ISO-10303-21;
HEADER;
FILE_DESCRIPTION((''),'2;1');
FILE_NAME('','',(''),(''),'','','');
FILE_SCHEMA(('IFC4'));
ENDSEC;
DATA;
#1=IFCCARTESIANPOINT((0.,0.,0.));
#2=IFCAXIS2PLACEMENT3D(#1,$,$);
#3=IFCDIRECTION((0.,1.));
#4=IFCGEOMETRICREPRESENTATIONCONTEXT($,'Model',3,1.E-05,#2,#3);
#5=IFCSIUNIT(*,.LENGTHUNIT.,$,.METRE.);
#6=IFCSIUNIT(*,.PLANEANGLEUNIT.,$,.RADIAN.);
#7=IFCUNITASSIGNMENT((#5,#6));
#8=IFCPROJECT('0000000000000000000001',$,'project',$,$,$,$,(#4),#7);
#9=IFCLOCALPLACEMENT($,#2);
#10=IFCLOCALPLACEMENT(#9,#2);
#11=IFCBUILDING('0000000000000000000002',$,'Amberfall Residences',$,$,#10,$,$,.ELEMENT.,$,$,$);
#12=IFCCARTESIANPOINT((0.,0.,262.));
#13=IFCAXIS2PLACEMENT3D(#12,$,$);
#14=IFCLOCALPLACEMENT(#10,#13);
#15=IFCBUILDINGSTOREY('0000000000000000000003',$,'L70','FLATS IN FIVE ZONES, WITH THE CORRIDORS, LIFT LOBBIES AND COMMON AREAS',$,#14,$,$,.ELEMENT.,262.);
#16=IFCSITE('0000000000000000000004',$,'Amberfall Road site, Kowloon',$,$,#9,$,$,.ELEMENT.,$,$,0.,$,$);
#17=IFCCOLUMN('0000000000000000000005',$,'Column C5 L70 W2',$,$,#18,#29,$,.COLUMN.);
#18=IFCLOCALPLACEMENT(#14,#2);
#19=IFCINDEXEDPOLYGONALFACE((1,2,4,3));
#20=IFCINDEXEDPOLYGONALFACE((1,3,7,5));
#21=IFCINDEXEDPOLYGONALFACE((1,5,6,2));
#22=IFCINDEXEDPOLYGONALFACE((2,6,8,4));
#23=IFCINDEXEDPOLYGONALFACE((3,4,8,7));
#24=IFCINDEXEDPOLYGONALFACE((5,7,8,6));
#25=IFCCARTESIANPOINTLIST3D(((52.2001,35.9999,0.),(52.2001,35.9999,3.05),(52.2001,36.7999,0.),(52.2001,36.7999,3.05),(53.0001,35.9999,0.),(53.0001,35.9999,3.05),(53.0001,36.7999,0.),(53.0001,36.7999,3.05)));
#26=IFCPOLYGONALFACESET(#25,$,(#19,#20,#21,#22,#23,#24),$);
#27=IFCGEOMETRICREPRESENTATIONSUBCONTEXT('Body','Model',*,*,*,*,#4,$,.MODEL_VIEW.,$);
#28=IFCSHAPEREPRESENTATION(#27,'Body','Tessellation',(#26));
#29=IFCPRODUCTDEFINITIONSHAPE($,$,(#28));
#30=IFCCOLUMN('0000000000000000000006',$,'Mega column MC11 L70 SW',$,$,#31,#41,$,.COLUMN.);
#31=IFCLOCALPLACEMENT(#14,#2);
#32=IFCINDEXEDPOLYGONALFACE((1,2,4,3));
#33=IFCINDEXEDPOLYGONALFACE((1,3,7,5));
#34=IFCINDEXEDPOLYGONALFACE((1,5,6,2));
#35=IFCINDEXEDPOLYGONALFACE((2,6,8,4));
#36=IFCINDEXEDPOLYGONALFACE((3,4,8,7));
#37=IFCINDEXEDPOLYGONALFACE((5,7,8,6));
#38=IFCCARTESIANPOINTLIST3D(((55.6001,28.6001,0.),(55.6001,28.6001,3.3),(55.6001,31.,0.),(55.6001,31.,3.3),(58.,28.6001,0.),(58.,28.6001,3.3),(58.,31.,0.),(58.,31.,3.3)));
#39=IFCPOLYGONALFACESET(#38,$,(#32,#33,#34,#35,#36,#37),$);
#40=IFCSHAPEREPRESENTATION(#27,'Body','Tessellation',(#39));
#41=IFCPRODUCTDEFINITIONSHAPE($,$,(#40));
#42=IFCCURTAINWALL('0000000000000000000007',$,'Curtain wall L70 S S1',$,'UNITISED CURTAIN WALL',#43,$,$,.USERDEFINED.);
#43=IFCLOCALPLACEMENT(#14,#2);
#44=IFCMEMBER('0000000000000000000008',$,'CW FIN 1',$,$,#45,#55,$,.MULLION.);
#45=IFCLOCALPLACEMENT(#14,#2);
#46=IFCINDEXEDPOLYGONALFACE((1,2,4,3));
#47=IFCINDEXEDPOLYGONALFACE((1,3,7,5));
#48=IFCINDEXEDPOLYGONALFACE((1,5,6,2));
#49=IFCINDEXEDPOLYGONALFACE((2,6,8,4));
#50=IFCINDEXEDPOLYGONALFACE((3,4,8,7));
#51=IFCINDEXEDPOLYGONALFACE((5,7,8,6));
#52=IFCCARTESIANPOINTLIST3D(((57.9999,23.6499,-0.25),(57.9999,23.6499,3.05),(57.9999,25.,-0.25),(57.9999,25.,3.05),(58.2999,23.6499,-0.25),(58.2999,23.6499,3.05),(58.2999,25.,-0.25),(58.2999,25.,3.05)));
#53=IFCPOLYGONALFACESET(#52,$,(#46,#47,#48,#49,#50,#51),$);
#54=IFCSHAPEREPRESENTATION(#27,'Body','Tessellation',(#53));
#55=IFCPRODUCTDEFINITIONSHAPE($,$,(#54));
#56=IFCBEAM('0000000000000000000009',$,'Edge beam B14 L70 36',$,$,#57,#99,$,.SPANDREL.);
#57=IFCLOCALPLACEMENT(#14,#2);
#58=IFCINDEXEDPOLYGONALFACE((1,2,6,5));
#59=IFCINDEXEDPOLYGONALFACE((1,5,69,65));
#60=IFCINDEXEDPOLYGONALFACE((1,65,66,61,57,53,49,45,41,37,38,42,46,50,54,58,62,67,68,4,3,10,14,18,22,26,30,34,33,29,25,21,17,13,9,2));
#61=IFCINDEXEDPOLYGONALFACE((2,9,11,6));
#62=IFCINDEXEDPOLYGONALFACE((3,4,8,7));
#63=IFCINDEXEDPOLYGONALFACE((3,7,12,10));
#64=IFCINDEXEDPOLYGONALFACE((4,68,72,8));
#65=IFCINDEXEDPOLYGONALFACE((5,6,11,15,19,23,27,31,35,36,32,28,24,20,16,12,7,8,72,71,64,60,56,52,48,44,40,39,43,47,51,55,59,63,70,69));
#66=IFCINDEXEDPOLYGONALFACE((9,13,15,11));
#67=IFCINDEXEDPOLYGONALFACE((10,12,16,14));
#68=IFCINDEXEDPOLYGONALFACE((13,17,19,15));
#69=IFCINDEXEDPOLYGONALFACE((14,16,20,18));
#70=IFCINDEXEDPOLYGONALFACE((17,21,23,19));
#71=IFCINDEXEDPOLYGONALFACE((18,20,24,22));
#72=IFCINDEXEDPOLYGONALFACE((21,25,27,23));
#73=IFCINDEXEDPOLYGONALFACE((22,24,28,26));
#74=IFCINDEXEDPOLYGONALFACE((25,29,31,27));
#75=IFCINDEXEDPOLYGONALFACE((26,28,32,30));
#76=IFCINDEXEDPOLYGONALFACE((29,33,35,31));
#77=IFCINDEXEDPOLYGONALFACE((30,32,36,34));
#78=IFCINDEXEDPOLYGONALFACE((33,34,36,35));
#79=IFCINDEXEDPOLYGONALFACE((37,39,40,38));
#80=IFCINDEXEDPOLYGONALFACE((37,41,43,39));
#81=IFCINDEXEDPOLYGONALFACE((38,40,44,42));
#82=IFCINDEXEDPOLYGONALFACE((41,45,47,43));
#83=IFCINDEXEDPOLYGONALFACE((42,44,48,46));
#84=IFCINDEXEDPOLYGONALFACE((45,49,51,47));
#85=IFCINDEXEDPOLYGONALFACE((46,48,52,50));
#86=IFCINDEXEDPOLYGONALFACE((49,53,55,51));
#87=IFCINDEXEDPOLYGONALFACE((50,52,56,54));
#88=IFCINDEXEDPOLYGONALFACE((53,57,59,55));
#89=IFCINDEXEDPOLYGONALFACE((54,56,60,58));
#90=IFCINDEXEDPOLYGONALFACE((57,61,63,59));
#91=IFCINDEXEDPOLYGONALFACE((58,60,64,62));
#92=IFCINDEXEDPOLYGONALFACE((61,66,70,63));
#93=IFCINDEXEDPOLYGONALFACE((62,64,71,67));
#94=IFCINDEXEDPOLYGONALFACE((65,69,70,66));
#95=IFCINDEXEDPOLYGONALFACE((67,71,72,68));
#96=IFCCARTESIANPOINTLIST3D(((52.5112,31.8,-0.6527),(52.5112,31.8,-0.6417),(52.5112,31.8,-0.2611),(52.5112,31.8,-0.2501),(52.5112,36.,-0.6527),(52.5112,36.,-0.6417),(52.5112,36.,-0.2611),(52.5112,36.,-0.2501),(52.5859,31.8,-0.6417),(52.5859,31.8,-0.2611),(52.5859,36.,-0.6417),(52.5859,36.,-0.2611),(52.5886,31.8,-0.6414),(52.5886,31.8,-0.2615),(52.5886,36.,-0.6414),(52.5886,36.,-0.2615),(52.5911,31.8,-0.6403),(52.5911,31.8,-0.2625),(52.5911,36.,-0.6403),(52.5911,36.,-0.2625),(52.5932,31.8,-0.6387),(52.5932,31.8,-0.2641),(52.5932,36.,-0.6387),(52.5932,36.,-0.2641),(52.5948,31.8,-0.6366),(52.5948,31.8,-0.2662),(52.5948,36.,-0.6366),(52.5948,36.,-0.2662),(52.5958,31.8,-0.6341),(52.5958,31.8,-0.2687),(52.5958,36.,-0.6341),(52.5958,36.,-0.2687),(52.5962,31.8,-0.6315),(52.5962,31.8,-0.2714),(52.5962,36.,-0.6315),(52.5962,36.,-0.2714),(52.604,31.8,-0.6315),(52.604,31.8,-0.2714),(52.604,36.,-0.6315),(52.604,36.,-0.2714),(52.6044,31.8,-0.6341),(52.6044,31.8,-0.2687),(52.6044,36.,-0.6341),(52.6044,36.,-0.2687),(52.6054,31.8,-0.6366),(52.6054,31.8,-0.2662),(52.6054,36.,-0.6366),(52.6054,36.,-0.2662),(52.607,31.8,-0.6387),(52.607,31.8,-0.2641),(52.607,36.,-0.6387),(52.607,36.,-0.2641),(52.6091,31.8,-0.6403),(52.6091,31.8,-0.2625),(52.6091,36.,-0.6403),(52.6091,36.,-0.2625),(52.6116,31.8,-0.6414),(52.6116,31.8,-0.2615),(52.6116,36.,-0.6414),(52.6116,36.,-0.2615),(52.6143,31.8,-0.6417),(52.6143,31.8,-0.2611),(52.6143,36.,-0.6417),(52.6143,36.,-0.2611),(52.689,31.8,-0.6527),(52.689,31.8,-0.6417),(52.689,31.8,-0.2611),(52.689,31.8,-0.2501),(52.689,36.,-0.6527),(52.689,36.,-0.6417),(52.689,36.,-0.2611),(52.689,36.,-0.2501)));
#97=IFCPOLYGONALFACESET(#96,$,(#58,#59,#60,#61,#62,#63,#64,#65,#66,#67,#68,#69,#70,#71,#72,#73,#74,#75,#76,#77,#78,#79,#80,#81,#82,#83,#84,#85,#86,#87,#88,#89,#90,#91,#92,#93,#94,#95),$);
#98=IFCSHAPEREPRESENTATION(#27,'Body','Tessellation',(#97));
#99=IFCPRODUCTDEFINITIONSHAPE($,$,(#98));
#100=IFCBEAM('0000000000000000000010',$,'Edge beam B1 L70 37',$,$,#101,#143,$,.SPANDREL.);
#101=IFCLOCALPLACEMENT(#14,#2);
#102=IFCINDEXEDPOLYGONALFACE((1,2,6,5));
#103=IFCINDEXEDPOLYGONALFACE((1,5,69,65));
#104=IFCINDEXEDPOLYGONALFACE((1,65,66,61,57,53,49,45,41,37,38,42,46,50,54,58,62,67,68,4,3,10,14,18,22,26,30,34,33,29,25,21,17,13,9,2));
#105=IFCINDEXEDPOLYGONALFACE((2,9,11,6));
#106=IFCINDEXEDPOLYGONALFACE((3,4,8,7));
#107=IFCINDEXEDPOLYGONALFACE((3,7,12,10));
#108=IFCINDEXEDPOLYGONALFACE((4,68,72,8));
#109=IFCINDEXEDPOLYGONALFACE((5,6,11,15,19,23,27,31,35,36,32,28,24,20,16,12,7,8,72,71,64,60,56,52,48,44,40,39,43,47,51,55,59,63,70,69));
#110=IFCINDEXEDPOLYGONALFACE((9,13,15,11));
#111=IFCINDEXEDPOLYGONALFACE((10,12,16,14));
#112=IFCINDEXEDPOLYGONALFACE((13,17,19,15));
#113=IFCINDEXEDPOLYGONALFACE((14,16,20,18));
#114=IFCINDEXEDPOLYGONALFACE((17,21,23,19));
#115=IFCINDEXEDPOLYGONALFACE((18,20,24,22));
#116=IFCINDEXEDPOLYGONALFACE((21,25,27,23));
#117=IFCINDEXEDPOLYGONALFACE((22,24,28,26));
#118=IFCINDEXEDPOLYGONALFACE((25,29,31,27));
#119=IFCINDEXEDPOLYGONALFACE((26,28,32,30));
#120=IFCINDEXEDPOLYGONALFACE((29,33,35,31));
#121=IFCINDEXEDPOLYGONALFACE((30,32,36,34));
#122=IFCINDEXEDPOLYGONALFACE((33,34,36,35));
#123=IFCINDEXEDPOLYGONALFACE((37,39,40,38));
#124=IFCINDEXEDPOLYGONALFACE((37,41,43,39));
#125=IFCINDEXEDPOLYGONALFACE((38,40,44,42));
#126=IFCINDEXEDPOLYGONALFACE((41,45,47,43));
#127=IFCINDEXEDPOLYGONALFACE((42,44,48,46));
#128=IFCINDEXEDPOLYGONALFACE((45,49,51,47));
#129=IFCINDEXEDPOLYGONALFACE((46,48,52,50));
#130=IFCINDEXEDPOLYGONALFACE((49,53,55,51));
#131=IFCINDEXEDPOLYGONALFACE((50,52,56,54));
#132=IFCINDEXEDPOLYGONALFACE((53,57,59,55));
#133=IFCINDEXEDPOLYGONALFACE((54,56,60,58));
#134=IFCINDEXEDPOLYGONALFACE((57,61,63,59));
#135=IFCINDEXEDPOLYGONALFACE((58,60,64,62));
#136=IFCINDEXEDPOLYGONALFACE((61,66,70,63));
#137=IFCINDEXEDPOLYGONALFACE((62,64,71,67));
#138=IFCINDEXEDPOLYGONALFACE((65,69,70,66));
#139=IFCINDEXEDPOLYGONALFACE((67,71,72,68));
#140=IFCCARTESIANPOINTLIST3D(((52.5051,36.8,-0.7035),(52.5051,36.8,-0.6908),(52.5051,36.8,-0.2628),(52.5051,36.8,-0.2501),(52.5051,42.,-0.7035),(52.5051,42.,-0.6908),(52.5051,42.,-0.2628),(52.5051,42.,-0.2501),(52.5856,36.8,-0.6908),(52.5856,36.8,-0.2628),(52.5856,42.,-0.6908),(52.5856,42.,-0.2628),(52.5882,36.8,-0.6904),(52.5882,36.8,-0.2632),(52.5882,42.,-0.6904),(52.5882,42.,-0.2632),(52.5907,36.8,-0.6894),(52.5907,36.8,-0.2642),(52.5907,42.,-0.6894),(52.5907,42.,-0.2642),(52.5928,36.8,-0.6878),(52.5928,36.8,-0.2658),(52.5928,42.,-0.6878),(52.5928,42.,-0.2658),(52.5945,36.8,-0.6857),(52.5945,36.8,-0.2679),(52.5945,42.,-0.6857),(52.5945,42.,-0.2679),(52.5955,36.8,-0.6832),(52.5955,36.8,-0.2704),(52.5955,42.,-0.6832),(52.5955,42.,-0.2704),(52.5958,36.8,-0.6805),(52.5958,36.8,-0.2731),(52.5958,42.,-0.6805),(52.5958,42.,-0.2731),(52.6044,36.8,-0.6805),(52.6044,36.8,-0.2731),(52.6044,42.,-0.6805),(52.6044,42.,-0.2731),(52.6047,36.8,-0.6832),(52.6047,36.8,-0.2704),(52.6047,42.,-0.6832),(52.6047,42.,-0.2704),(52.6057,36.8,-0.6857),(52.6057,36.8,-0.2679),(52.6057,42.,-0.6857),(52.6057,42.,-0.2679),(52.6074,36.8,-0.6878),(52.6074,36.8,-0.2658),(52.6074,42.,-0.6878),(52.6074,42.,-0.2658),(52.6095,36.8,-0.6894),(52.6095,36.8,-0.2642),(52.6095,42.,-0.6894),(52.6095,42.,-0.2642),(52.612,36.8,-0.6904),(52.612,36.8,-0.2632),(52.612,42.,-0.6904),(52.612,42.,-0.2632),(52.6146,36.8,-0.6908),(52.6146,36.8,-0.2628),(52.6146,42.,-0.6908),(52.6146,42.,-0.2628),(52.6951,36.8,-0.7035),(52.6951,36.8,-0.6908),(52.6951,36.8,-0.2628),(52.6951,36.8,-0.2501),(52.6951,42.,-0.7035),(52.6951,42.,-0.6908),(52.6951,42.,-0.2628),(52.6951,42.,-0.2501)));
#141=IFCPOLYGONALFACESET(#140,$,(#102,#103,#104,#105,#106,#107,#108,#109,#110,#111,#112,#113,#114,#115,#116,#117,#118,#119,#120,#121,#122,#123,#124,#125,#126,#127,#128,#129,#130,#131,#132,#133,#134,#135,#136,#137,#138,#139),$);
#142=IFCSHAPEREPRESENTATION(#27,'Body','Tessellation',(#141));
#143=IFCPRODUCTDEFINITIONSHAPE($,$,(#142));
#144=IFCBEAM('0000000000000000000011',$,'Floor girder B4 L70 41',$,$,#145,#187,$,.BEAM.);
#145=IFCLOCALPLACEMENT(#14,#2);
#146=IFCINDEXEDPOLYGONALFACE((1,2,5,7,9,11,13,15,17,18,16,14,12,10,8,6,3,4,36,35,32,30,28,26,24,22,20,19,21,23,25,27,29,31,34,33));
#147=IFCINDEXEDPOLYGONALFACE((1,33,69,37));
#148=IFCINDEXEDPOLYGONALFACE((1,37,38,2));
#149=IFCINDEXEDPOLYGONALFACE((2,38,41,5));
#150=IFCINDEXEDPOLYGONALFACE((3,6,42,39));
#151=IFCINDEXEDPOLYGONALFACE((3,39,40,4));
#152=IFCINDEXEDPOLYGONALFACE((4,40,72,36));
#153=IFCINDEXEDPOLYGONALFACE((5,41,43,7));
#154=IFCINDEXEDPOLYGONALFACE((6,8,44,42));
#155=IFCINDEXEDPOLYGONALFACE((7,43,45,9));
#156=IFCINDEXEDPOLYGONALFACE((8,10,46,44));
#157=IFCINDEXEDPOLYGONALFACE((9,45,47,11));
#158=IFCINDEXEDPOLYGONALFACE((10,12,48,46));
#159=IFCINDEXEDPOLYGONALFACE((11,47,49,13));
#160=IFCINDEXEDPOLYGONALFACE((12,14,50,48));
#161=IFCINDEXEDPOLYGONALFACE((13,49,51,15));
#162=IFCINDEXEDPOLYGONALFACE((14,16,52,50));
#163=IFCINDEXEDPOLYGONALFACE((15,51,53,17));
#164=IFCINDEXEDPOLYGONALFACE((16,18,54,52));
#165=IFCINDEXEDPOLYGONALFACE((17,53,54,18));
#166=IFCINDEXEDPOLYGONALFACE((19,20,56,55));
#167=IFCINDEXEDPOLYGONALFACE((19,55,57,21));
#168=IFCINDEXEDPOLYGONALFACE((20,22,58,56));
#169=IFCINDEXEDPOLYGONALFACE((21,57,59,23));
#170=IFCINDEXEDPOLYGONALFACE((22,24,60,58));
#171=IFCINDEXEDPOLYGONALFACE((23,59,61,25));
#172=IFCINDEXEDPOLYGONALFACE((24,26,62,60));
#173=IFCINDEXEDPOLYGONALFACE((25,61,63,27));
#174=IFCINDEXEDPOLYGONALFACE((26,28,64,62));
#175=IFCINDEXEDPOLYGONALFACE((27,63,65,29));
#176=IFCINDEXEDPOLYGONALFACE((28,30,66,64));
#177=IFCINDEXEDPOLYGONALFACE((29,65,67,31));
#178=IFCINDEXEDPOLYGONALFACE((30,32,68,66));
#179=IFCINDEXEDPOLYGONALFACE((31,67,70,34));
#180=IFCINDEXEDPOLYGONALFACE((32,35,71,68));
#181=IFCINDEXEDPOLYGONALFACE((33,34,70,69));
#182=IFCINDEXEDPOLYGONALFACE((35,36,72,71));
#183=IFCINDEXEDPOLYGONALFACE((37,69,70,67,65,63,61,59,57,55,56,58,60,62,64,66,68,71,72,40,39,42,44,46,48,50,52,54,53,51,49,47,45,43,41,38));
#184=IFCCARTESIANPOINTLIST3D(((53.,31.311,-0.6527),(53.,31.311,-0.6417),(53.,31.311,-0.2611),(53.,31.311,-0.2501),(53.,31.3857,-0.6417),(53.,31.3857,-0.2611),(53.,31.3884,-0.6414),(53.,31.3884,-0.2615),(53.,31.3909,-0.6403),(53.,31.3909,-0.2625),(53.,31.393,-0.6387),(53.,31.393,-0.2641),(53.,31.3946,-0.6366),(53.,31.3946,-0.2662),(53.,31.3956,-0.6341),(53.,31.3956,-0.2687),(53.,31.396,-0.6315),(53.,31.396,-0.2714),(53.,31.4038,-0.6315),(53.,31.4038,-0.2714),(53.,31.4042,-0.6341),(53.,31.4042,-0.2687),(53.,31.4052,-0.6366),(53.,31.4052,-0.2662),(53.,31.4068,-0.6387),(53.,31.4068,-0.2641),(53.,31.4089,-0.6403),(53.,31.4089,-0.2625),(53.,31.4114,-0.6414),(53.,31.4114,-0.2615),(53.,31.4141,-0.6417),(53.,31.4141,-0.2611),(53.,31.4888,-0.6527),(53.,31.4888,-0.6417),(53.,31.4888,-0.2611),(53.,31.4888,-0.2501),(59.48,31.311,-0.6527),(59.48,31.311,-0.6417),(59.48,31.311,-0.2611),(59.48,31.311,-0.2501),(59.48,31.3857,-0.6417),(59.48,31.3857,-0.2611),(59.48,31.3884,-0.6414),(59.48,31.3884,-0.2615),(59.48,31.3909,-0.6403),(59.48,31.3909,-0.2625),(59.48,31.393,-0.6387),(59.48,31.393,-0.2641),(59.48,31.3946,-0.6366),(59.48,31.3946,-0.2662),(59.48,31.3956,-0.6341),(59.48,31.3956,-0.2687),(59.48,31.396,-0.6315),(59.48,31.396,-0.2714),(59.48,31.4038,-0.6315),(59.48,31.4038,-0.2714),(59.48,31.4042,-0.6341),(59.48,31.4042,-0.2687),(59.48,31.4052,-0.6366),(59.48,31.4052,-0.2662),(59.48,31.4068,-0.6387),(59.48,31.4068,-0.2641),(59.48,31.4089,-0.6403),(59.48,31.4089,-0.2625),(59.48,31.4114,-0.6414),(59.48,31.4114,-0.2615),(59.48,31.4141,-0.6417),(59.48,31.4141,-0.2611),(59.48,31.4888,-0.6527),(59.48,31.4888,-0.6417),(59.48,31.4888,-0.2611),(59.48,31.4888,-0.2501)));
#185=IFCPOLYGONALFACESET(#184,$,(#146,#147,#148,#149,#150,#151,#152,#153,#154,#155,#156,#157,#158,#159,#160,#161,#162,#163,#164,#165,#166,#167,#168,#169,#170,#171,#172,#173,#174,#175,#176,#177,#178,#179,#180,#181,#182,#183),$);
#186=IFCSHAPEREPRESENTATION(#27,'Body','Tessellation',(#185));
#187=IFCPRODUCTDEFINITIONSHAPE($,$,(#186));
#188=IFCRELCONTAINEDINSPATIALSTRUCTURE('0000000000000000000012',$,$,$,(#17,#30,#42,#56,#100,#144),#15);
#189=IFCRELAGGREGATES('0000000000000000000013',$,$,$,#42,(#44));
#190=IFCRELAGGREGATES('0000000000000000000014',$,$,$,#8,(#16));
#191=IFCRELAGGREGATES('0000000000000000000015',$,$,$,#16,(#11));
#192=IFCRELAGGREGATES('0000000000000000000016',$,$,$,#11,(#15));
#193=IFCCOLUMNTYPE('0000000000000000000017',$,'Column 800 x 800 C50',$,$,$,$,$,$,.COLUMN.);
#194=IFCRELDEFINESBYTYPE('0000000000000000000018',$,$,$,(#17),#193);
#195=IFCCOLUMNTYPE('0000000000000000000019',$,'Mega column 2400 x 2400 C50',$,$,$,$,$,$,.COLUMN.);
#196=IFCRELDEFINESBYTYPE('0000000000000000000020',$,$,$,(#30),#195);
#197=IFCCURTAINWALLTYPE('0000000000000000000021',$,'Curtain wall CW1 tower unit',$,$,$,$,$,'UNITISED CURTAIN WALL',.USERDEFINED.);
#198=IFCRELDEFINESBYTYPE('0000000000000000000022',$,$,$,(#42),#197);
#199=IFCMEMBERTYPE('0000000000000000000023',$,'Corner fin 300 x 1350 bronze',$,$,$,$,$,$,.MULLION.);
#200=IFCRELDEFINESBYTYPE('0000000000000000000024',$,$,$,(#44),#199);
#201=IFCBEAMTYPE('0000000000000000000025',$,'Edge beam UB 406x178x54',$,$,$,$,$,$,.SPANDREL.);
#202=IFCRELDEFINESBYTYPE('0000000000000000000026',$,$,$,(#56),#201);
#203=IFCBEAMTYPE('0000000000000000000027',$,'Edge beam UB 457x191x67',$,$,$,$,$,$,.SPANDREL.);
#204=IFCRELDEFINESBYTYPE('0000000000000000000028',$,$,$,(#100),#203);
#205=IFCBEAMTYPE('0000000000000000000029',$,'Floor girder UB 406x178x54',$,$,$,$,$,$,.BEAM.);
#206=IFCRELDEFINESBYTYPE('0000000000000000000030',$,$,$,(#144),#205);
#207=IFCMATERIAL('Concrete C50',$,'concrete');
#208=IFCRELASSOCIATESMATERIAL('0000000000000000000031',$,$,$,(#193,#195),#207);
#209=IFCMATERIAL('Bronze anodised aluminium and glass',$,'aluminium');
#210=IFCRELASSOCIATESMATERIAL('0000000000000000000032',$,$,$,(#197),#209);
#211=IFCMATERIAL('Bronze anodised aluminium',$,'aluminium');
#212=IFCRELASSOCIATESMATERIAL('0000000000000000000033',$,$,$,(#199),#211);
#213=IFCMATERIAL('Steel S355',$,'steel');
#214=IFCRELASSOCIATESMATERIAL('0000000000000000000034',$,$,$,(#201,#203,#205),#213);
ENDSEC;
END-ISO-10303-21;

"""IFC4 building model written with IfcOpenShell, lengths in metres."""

from ifc_helpers import new_model, si_unit, direction, frame, origin, origin_2d, place, context, subcontext, project, spatial, rectangle, i_section, extrude, material, material_profile, profile_set, type_object, element, aggregate, save


model = new_model("IFC4")

# Units and contexts
model_context = context("Model", 3, precision=1e-05, world=origin(), true_north=direction((0.0, 1.0)))
body_context = subcontext(model_context, "Body", "Model", "MODEL_VIEW")
ifc_project = project(units=[si_unit("LENGTHUNIT", "METRE"), si_unit("PLANEANGLEUNIT", "RADIAN")], contexts=[model_context])

# Site, building, storey
site_placement = place(None, origin())
site = spatial("IfcSite", under=ifc_project, at=site_placement, Name="Amberfall Road site, Kowloon", CompositionType="ELEMENT", RefElevation=0.0)
building_placement = place(site_placement, origin())
building = spatial("IfcBuilding", under=site, at=building_placement, Name="Amberfall Residences", CompositionType="ELEMENT")
storey_placement = place(building_placement, frame((0.0, 0.0, 262.0)))
storey = spatial("IfcBuildingStorey", under=building, at=storey_placement, Name="L70", Description="FLATS IN FIVE ZONES, WITH THE CORRIDORS, LIFT LOBBIES AND COMMON AREAS", CompositionType="ELEMENT", Elevation=262.0)

# Columns
ifc_material_1 = material(Name="Concrete C50", Category="concrete")
ifc_material_profile_1 = material_profile(ifc_material_1, rectangle(XDim=0.8, YDim=0.8, at=origin_2d()), Name="Column 800 x 800 C50")
ifc_profile_set_1 = profile_set([ifc_material_profile_1], Name="Concrete C50")
column_type_1 = type_object("IfcColumnType", Name="Column 800 x 800 C50", PredefinedType="COLUMN", material=ifc_profile_set_1)
column_1_placement = place(storey_placement, frame((52.6001, 36.3999, 0.0), z_axis=(0.0, 0.0, 1.0), x_axis=(1.0, 0.0, 0.0)))
element("IfcColumn", 1, at=column_1_placement, inside=storey, type_object=column_type_1, Name="Column C5 L70 W2", PredefinedType="COLUMN", context=body_context, shape_type="SweptSolid", body=[
    extrude(rectangle(XDim=0.8, YDim=0.8, at=origin_2d()), origin(), (0.0, 0.0, 1.0), 3.05),
])
ifc_material_profile_2 = material_profile(ifc_material_1, rectangle(XDim=2.3999, YDim=2.3999, at=origin_2d()), Name="Mega column 2400 x 2400 C50")
ifc_profile_set_2 = profile_set([ifc_material_profile_2], Name="Concrete C50")
column_type_2 = type_object("IfcColumnType", Name="Mega column 2400 x 2400 C50", PredefinedType="COLUMN", material=ifc_profile_set_2)
column_2_placement = place(storey_placement, frame((56.8, 29.8, 0.0), z_axis=(0.0, 0.0, 1.0), x_axis=(1.0, 0.0, 0.0)))
element("IfcColumn", 2, at=column_2_placement, inside=storey, type_object=column_type_2, Name="Mega column MC11 L70 SW", PredefinedType="COLUMN", context=body_context, shape_type="SweptSolid", body=[
    extrude(rectangle(XDim=2.3999, YDim=2.3999, at=origin_2d()), origin(), (0.0, 0.0, 1.0), 3.3),
])

# Curtain wall, member
ifc_material_2 = material(Name="Bronze anodised aluminium and glass", Category="aluminium")
curtain_wall_type = type_object("IfcCurtainWallType", Name="Curtain wall CW1 tower unit", ElementType="UNITISED CURTAIN WALL", PredefinedType="USERDEFINED", material=ifc_material_2)
curtain_wall_placement = place(storey_placement, origin())
curtain_wall = element("IfcCurtainWall", 3, at=curtain_wall_placement, inside=storey, type_object=curtain_wall_type, Name="Curtain wall L70 S S1", ObjectType="UNITISED CURTAIN WALL", PredefinedType="USERDEFINED")
ifc_material_3 = material(Name="Bronze anodised aluminium", Category="aluminium")
ifc_material_profile_3 = material_profile(ifc_material_3, rectangle(XDim=1.3501, YDim=0.3, at=origin_2d()), Name="Corner fin 300 x 1350 bronze")
ifc_profile_set_3 = profile_set([ifc_material_profile_3], Name="Bronze anodised aluminium")
member_type = type_object("IfcMemberType", Name="Corner fin 300 x 1350 bronze", PredefinedType="MULLION", material=ifc_profile_set_3)
member_placement = place(storey_placement, frame((58.1499, 24.325, -0.25), z_axis=(0.0, 0.0, 1.0), x_axis=(0.0, 1.0, 0.0)))
member = element("IfcMember", 4, at=member_placement, type_object=member_type, Name="CW FIN 1", PredefinedType="MULLION", context=body_context, shape_type="SweptSolid", body=[
    extrude(rectangle(XDim=1.3501, YDim=0.3, at=origin_2d()), origin(), (0.0, 0.0, 1.0), 3.3),
])
aggregate(curtain_wall, [member])

# Beams
ifc_material_4 = material(Name="Steel S355", Category="steel")
ifc_material_profile_4 = material_profile(ifc_material_4, i_section(OverallWidth=0.1777, OverallDepth=0.4026, WebThickness=0.0078, FlangeThickness=0.011, FilletRadius=0.0103, at=origin_2d()), Name="UB 406x178x54")
ifc_profile_set_4 = profile_set([ifc_material_profile_4], Name="Steel S355")
beam_type_1 = type_object("IfcBeamType", Name="Edge beam UB 406x178x54", PredefinedType="SPANDREL", material=ifc_profile_set_4)
beam_1_placement = place(storey_placement, frame((52.6001, 31.8, -0.4514), z_axis=(0.0, 1.0, 0.0), x_axis=(-1.0, 0.0, 0.0)))
element("IfcBeam", 5, at=beam_1_placement, inside=storey, type_object=beam_type_1, Name="Edge beam B14 L70 36", PredefinedType="SPANDREL", context=body_context, shape_type="SweptSolid", body=[
    extrude(i_section(OverallWidth=0.1777, OverallDepth=0.4026, WebThickness=0.0078, FlangeThickness=0.011, FilletRadius=0.0103, at=origin_2d()), origin(), (0.0, 0.0, 1.0), 4.2),
])
ifc_material_profile_5 = material_profile(ifc_material_4, i_section(OverallWidth=0.1899, OverallDepth=0.4534, WebThickness=0.0085, FlangeThickness=0.0127, FilletRadius=0.0103, at=origin_2d()), Name="UB 457x191x67")
ifc_profile_set_5 = profile_set([ifc_material_profile_5], Name="Steel S355")
beam_type_2 = type_object("IfcBeamType", Name="Edge beam UB 457x191x67", PredefinedType="SPANDREL", material=ifc_profile_set_5)
beam_2_placement = place(storey_placement, frame((52.6001, 36.8, -0.4768), z_axis=(0.0, 1.0, 0.0), x_axis=(-1.0, 0.0, 0.0)))
element("IfcBeam", 6, at=beam_2_placement, inside=storey, type_object=beam_type_2, Name="Edge beam B1 L70 37", PredefinedType="SPANDREL", context=body_context, shape_type="SweptSolid", body=[
    extrude(i_section(OverallWidth=0.1899, OverallDepth=0.4534, WebThickness=0.0085, FlangeThickness=0.0127, FilletRadius=0.0103, at=origin_2d()), origin(), (0.0, 0.0, 1.0), 5.2),
])
ifc_material_profile_6 = material_profile(ifc_material_4, i_section(OverallWidth=0.1777, OverallDepth=0.4026, WebThickness=0.0078, FlangeThickness=0.011, FilletRadius=0.0103, at=origin_2d()), Name="UB 406x178x54")
ifc_profile_set_6 = profile_set([ifc_material_profile_6], Name="Steel S355")
beam_type_3 = type_object("IfcBeamType", Name="Floor girder UB 406x178x54", PredefinedType="BEAM", material=ifc_profile_set_6)
beam_3_placement = place(storey_placement, frame((53.0, 31.3999, -0.4514), z_axis=(1.0, 0.0, 0.0), x_axis=(0.0, 1.0, 0.0)))
element("IfcBeam", 7, at=beam_3_placement, inside=storey, type_object=beam_type_3, Name="Floor girder B4 L70 41", PredefinedType="BEAM", context=body_context, shape_type="SweptSolid", body=[
    extrude(i_section(OverallWidth=0.1777, OverallDepth=0.4026, WebThickness=0.0078, FlangeThickness=0.011, FilletRadius=0.0103, at=origin_2d()), origin(), (0.0, 0.0, 1.0), 6.48),
])

save(model, "model.ifc")
